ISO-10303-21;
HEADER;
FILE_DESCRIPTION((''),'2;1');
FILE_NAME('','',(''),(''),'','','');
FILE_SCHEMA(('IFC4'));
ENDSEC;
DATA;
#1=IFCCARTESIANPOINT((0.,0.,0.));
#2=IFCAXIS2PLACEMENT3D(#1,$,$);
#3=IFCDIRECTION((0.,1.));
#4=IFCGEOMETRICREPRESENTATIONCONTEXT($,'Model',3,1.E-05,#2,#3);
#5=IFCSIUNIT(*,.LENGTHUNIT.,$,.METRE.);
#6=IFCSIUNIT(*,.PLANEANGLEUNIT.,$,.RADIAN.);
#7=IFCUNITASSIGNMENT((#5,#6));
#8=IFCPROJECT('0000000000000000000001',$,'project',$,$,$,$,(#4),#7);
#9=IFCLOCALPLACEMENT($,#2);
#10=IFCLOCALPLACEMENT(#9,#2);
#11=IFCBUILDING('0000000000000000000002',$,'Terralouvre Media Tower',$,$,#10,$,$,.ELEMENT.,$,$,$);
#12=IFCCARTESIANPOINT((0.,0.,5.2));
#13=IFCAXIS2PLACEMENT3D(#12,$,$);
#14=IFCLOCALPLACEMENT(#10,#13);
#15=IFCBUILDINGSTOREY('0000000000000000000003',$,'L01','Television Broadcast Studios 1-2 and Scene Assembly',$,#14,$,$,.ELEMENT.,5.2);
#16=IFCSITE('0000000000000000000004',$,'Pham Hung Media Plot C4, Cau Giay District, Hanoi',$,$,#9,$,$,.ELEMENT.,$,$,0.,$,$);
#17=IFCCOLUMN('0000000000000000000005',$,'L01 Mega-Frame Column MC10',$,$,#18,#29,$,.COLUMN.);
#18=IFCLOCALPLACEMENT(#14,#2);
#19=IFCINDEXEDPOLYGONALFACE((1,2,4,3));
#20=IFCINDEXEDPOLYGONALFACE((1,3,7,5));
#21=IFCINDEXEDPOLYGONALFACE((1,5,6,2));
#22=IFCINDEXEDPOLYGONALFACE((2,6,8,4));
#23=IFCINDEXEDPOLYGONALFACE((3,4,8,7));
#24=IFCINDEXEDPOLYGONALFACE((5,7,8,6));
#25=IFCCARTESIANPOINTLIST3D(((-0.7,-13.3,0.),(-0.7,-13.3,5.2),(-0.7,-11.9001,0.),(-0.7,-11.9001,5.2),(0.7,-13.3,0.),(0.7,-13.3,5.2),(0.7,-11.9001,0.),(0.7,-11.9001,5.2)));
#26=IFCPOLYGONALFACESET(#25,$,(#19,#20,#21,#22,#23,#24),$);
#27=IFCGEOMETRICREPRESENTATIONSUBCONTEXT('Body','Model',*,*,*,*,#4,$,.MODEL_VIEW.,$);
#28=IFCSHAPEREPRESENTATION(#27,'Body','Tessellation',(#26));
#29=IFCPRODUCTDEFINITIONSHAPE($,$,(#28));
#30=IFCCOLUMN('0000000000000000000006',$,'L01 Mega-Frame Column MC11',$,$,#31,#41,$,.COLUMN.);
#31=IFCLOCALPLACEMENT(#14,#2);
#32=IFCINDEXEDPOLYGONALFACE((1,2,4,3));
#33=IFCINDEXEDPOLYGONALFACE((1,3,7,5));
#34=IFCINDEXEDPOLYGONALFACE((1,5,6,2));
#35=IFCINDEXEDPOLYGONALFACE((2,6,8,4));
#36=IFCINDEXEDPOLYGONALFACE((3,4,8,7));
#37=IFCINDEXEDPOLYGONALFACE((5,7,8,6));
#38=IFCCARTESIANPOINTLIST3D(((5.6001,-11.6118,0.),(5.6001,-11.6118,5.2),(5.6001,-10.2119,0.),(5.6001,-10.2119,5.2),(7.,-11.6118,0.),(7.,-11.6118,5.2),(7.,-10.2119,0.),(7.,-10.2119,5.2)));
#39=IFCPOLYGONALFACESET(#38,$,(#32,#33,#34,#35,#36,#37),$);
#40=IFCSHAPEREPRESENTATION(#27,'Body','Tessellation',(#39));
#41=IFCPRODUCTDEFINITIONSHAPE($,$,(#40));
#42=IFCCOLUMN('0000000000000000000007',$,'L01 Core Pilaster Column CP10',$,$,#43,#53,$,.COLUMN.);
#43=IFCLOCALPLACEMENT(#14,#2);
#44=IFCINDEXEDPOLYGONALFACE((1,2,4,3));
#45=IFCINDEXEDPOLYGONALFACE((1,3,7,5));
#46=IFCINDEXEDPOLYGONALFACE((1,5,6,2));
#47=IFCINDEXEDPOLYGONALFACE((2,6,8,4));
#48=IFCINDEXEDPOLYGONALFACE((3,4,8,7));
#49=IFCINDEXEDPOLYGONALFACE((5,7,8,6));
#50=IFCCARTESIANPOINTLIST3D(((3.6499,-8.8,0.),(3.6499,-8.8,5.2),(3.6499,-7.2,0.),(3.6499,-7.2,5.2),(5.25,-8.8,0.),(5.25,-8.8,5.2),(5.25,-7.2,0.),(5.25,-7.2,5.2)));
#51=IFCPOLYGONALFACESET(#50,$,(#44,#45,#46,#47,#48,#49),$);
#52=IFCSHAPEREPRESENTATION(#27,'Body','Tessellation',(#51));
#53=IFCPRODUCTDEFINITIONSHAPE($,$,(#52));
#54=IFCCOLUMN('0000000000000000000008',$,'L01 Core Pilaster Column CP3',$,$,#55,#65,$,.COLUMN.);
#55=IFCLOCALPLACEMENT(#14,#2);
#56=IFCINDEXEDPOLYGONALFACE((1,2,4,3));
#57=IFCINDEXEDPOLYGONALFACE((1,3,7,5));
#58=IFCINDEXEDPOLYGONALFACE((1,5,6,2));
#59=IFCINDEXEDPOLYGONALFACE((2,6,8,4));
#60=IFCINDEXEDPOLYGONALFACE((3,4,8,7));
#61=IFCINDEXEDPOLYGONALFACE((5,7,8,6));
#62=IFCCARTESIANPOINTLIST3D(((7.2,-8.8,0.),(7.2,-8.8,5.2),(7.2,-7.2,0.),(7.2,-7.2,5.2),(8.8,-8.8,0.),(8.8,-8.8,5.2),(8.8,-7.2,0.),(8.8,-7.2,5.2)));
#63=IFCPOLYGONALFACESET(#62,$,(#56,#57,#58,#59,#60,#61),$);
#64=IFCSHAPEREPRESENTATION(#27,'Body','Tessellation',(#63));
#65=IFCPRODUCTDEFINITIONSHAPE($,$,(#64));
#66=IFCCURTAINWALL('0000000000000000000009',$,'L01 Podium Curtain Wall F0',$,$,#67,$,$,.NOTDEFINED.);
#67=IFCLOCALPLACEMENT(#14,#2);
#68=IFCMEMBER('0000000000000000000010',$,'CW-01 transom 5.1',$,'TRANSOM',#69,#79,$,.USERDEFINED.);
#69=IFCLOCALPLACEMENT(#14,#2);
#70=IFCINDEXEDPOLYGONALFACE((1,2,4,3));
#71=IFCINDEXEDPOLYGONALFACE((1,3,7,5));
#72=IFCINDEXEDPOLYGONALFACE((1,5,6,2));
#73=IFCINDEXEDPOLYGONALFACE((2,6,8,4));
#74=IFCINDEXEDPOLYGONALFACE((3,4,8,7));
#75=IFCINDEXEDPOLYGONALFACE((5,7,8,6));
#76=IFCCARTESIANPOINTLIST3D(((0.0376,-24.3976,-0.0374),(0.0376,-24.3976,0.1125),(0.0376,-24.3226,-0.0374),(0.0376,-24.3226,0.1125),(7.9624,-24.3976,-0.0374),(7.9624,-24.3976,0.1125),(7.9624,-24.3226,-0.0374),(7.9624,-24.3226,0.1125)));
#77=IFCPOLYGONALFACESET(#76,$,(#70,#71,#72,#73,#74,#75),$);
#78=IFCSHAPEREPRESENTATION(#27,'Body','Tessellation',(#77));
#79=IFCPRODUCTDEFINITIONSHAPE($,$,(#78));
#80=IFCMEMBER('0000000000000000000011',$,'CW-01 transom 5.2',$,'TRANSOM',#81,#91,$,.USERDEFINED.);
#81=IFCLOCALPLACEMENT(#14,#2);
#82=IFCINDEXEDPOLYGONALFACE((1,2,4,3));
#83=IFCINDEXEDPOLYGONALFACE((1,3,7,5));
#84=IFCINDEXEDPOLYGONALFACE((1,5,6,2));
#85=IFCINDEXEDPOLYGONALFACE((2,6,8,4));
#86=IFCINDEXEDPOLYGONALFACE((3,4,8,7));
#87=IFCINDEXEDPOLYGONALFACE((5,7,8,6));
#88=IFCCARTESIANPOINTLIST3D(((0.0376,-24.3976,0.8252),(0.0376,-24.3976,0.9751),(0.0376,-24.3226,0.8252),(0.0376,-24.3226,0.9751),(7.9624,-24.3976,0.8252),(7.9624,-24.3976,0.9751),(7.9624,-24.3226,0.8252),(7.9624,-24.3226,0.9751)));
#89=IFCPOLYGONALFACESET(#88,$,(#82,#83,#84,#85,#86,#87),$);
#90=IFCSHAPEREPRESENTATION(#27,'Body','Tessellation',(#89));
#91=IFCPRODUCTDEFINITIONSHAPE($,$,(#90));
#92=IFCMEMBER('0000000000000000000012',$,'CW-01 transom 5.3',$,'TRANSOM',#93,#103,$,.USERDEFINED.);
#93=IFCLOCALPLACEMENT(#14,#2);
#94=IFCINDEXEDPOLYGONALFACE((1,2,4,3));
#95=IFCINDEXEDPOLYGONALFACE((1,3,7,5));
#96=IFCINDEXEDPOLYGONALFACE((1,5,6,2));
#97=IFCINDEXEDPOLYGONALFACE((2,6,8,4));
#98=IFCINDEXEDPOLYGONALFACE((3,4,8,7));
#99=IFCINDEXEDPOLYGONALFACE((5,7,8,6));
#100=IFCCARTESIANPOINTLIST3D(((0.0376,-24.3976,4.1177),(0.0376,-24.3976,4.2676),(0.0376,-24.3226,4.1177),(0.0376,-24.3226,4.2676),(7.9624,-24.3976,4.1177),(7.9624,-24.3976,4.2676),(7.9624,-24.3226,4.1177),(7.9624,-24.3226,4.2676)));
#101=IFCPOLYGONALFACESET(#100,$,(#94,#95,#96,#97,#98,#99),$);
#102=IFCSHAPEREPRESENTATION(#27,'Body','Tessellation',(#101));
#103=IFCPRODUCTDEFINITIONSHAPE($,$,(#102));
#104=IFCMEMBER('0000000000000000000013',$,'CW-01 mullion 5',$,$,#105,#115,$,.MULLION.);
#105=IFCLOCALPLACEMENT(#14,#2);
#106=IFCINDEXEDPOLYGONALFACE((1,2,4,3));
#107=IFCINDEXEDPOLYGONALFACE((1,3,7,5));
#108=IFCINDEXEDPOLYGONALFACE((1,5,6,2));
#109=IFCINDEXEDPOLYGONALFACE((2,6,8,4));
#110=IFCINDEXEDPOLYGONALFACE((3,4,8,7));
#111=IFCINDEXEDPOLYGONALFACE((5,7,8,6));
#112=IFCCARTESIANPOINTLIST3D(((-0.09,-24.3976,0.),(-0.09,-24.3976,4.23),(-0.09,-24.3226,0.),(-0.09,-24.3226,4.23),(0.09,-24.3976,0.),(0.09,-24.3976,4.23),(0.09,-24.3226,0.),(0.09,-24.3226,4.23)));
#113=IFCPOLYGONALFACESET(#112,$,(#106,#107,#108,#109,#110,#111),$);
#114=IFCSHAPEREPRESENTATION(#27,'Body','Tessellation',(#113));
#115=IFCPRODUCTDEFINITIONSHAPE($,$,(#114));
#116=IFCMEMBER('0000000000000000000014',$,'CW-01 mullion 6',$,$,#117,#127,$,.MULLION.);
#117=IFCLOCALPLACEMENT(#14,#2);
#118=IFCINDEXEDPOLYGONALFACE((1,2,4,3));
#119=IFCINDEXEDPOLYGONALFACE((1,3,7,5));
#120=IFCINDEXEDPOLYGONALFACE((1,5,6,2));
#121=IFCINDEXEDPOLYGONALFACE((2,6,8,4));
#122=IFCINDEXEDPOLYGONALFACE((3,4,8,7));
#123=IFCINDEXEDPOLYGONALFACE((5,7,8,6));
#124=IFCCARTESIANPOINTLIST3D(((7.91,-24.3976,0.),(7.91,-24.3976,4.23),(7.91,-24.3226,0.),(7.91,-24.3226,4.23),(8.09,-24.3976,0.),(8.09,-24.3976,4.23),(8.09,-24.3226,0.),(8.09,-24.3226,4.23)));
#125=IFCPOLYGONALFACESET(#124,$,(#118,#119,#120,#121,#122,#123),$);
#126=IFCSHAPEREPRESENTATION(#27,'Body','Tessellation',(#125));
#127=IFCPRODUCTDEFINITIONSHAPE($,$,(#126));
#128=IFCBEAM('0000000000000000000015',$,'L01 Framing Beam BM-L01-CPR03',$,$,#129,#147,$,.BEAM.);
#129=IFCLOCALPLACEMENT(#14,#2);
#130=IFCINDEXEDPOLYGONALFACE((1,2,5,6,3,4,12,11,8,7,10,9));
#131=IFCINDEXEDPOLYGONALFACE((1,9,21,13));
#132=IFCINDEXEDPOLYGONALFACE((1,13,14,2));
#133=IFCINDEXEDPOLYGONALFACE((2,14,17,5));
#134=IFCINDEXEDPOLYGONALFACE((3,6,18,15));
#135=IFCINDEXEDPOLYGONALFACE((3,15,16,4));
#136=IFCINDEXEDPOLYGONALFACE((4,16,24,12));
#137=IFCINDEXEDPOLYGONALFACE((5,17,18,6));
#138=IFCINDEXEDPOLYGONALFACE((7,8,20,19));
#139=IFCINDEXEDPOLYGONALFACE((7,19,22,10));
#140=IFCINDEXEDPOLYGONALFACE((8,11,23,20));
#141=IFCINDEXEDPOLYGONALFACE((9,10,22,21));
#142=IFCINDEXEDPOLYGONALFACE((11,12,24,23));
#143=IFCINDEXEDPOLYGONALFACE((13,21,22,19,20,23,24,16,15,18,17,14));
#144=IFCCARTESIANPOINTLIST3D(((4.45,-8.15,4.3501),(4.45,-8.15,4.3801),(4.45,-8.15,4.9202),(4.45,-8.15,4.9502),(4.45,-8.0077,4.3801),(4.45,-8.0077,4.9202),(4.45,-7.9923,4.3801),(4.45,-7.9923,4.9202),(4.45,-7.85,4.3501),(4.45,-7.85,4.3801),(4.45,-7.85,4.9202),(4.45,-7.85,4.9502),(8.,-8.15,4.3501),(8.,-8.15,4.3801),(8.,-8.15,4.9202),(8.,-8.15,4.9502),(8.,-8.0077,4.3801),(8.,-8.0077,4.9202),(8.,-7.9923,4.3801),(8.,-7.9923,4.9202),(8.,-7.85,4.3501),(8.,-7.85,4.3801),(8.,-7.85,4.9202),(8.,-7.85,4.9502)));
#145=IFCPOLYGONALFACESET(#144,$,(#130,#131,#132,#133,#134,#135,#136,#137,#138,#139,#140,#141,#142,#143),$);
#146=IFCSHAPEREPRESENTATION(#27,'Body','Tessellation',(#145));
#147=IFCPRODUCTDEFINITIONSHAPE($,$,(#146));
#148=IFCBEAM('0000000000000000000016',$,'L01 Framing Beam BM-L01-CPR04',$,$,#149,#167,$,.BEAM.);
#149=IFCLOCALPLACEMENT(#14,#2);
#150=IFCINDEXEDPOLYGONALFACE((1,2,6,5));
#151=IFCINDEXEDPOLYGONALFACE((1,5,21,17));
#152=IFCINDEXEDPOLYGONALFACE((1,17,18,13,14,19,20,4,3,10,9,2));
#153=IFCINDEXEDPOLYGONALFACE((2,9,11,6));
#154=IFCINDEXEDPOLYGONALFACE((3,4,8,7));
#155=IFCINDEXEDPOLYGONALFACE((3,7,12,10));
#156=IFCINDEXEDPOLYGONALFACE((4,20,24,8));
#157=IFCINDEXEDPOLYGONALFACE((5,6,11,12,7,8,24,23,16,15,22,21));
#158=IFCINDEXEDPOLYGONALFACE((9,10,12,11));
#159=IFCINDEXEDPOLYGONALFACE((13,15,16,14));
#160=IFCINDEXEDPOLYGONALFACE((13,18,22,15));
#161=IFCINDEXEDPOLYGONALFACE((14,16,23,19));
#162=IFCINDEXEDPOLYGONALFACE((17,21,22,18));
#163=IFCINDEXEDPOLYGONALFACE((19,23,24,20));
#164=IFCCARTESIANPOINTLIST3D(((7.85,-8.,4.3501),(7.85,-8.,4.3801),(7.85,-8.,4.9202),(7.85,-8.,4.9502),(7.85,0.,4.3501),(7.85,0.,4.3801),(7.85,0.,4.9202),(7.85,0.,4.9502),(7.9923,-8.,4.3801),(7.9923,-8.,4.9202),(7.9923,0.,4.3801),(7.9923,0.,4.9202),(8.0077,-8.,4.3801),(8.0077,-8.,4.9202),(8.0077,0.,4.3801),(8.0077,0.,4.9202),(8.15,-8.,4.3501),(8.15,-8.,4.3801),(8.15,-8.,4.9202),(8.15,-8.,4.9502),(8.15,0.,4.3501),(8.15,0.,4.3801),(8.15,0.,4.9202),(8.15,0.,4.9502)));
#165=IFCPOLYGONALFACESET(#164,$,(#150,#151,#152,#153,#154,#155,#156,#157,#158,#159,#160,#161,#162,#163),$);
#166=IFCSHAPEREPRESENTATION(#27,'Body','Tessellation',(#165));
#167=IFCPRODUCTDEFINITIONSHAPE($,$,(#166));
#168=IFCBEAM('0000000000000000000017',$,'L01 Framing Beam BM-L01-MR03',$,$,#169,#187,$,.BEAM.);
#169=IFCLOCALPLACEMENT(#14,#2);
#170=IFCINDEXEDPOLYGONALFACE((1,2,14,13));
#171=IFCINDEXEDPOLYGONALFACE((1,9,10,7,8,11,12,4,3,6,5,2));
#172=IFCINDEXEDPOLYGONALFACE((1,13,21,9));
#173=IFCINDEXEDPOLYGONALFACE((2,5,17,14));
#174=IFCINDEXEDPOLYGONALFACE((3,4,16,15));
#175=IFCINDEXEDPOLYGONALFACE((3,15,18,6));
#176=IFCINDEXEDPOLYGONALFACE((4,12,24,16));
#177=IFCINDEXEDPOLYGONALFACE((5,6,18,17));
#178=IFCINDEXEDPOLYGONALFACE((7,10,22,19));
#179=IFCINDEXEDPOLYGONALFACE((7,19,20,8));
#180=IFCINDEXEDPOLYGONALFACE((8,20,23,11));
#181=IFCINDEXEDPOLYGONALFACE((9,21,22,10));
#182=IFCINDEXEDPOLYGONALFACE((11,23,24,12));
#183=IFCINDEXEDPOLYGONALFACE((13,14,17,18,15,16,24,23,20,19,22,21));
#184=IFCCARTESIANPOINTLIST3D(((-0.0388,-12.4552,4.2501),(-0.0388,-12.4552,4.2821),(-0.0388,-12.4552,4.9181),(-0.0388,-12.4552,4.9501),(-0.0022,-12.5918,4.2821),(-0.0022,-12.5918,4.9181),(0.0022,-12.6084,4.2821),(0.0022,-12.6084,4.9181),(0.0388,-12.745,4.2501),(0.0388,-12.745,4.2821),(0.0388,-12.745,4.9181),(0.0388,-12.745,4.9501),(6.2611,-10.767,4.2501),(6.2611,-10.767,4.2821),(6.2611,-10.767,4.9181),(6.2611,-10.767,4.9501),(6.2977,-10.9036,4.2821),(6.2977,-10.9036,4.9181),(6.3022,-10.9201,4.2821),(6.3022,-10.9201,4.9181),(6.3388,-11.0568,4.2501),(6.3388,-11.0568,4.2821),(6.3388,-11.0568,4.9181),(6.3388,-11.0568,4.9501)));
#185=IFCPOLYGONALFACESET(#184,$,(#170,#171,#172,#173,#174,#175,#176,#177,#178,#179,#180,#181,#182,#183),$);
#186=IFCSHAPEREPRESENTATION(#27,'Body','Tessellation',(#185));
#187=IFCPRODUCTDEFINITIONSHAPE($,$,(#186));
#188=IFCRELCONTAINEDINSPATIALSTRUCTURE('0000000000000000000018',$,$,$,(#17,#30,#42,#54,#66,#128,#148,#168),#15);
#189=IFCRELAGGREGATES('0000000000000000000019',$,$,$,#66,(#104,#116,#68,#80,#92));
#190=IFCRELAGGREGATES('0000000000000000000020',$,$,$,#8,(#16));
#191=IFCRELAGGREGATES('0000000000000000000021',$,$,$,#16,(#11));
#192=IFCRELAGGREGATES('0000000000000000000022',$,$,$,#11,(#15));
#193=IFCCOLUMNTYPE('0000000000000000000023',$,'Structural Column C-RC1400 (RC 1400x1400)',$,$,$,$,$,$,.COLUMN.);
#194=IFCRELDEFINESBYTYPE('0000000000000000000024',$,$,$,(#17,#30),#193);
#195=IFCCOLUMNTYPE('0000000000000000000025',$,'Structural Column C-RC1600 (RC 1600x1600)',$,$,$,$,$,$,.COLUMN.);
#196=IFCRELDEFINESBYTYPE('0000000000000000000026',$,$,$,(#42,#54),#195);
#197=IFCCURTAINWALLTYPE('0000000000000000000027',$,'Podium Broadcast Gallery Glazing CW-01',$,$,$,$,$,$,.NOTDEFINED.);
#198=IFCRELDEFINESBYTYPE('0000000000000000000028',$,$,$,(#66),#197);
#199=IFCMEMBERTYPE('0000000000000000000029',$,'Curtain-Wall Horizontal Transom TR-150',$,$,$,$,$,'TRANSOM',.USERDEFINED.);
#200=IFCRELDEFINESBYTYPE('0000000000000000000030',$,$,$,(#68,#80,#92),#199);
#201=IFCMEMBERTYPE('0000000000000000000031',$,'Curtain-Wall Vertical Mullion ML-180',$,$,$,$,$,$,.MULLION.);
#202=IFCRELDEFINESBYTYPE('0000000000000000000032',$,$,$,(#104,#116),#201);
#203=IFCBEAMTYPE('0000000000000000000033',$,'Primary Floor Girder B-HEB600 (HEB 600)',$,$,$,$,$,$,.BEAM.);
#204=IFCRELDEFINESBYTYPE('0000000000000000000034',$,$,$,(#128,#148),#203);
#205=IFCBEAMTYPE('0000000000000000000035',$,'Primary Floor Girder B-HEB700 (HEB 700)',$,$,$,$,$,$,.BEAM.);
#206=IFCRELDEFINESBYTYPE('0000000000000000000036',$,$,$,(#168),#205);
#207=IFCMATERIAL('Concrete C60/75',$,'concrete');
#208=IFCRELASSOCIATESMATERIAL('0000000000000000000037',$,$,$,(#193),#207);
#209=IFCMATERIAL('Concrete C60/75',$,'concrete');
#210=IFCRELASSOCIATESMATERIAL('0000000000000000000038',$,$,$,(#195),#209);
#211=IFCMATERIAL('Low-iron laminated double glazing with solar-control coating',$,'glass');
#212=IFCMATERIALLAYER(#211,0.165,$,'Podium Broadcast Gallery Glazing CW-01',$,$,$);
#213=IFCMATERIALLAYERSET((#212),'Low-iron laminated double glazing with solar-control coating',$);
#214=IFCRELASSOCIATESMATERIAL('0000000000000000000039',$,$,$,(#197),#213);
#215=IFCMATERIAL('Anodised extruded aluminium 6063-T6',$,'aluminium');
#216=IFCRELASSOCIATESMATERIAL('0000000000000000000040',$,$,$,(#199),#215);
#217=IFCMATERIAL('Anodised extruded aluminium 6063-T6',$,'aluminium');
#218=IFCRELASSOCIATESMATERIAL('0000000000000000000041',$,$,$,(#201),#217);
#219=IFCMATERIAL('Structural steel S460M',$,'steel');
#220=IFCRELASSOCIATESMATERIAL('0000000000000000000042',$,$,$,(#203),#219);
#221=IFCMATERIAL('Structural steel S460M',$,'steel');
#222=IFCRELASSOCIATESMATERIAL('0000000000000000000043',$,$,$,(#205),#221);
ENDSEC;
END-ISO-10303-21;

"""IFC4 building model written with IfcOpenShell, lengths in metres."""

from ifc_helpers import new_model, si_unit, direction, frame, origin, origin_2d, place, context, subcontext, project, spatial, rectangle, i_section, extrude, material, layer, layer_set, material_profile, profile_set, type_object, element, aggregate, save


model = new_model("IFC4")

# Units and contexts
model_context = context("Model", 3, precision=1e-05, world=origin(), true_north=direction((0.0, 1.0)))
body_context = subcontext(model_context, "Body", "Model", "MODEL_VIEW")
ifc_project = project(units=[si_unit("LENGTHUNIT", "METRE"), si_unit("PLANEANGLEUNIT", "RADIAN")], contexts=[model_context])

# Site, building, storey
site_placement = place(None, origin())
site = spatial("IfcSite", under=ifc_project, at=site_placement, Name="Pham Hung Media Plot C4, Cau Giay District, Hanoi", CompositionType="ELEMENT", RefElevation=0.0)
building_placement = place(site_placement, origin())
building = spatial("IfcBuilding", under=site, at=building_placement, Name="Terralouvre Media Tower", CompositionType="ELEMENT")
storey_placement = place(building_placement, frame((0.0, 0.0, 5.2)))
storey = spatial("IfcBuildingStorey", under=building, at=storey_placement, Name="L01", Description="Television Broadcast Studios 1-2 and Scene Assembly", CompositionType="ELEMENT", Elevation=5.2)

# Columns
ifc_material_1 = material(Name="Concrete C60/75", Category="concrete")
ifc_material_profile_1 = material_profile(ifc_material_1, rectangle(XDim=1.3999, YDim=1.3999, at=origin_2d()), Name="RC 1400x1400")
ifc_profile_set_1 = profile_set([ifc_material_profile_1], Name="Concrete C60/75")
column_type_1 = type_object("IfcColumnType", Name="Structural Column C-RC1400 (RC 1400x1400)", PredefinedType="COLUMN", material=ifc_profile_set_1)
for number, where, z_axis, x_axis, name in (
    (1, (0.0, -12.6001, 0.0), (0.0, 0.0, 1.0), (1.0, 0.0, 0.0), "L01 Mega-Frame Column MC10"),
    (2, (6.3, -10.9119, 0.0), (0.0, 0.0, 1.0), (1.0, 0.0, 0.0), "L01 Mega-Frame Column MC11"),
):
    element("IfcColumn", number, at=place(storey_placement, frame(where, z_axis=z_axis, x_axis=x_axis)), inside=storey, type_object=column_type_1, Name=name, PredefinedType="COLUMN", context=body_context, shape_type="SweptSolid", body=[
        extrude(rectangle(XDim=1.3999, YDim=1.3999, at=origin_2d()), origin(), (0.0, 0.0, 1.0), 5.2),
    ])
ifc_material_2 = material(Name="Concrete C60/75", Category="concrete")
ifc_material_profile_2 = material_profile(ifc_material_2, rectangle(XDim=1.6001, YDim=1.6001, at=origin_2d()), Name="RC 1600x1600")
ifc_profile_set_2 = profile_set([ifc_material_profile_2], Name="Concrete C60/75")
column_type_2 = type_object("IfcColumnType", Name="Structural Column C-RC1600 (RC 1600x1600)", PredefinedType="COLUMN", material=ifc_profile_set_2)
for number, where, z_axis, x_axis, name in (
    (3, (4.45, -8.0, 0.0), (0.0, 0.0, 1.0), (1.0, 0.0, 0.0), "L01 Core Pilaster Column CP10"),
    (4, (8.0, -8.0, 0.0), (0.0, 0.0, 1.0), (1.0, 0.0, 0.0), "L01 Core Pilaster Column CP3"),
):
    element("IfcColumn", number, at=place(storey_placement, frame(where, z_axis=z_axis, x_axis=x_axis)), inside=storey, type_object=column_type_2, Name=name, PredefinedType="COLUMN", context=body_context, shape_type="SweptSolid", body=[
        extrude(rectangle(XDim=1.6001, YDim=1.6001, at=origin_2d()), origin(), (0.0, 0.0, 1.0), 5.2),
    ])

# Curtain wall, members
ifc_material_3 = material(Name="Low-iron laminated double glazing with solar-control coating", Category="glass")
ifc_layer_1 = layer(ifc_material_3, 0.165, Name="Podium Broadcast Gallery Glazing CW-01")
ifc_layer_set_1 = layer_set([ifc_layer_1], Name="Low-iron laminated double glazing with solar-control coating")
curtain_wall_type = type_object("IfcCurtainWallType", Name="Podium Broadcast Gallery Glazing CW-01", PredefinedType="NOTDEFINED", material=ifc_layer_set_1)
curtain_wall_placement = place(storey_placement, origin())
curtain_wall = element("IfcCurtainWall", 5, at=curtain_wall_placement, inside=storey, type_object=curtain_wall_type, Name="L01 Podium Curtain Wall F0", PredefinedType="NOTDEFINED")
ifc_material_4 = material(Name="Anodised extruded aluminium 6063-T6", Category="aluminium")
ifc_material_profile_3 = material_profile(ifc_material_4, rectangle(XDim=0.075, YDim=0.1499, at=origin_2d()), Name="ALU 75x150")
ifc_profile_set_3 = profile_set([ifc_material_profile_3], Name="Anodised extruded aluminium 6063-T6")
member_type_1 = type_object("IfcMemberType", Name="Curtain-Wall Horizontal Transom TR-150", ElementType="TRANSOM", PredefinedType="USERDEFINED", material=ifc_profile_set_3)
member_1_placement = place(storey_placement, frame((0.0376, -24.3601, 0.0376), z_axis=(1.0, 0.0, 0.0), x_axis=(0.0, 1.0, 0.0)))
member_1 = element("IfcMember", 6, at=member_1_placement, type_object=member_type_1, Name="CW-01 transom 5.1", ObjectType="TRANSOM", PredefinedType="USERDEFINED", context=body_context, shape_type="SweptSolid", body=[
    extrude(rectangle(XDim=0.075, YDim=0.1499, at=origin_2d()), origin(), (0.0, 0.0, 1.0), 7.9248),
])
member_2_placement = place(storey_placement, frame((0.0376, -24.3601, 0.9001), z_axis=(1.0, 0.0, 0.0), x_axis=(0.0, 1.0, 0.0)))
member_2 = element("IfcMember", 7, at=member_2_placement, type_object=member_type_1, Name="CW-01 transom 5.2", ObjectType="TRANSOM", PredefinedType="USERDEFINED", context=body_context, shape_type="SweptSolid", body=[
    extrude(rectangle(XDim=0.075, YDim=0.1499, at=origin_2d()), origin(), (0.0, 0.0, 1.0), 7.9248),
])
member_3_placement = place(storey_placement, frame((0.0376, -24.3601, 4.1926), z_axis=(1.0, 0.0, 0.0), x_axis=(0.0, 1.0, 0.0)))
member_3 = element("IfcMember", 8, at=member_3_placement, type_object=member_type_1, Name="CW-01 transom 5.3", ObjectType="TRANSOM", PredefinedType="USERDEFINED", context=body_context, shape_type="SweptSolid", body=[
    extrude(rectangle(XDim=0.075, YDim=0.1499, at=origin_2d()), origin(), (0.0, 0.0, 1.0), 7.9248),
])
ifc_material_5 = material(Name="Anodised extruded aluminium 6063-T6", Category="aluminium")
ifc_material_profile_4 = material_profile(ifc_material_5, rectangle(XDim=0.075, YDim=0.1799, at=origin_2d()), Name="ALU 75x180")
ifc_profile_set_4 = profile_set([ifc_material_profile_4], Name="Anodised extruded aluminium 6063-T6")
member_type_2 = type_object("IfcMemberType", Name="Curtain-Wall Vertical Mullion ML-180", PredefinedType="MULLION", material=ifc_profile_set_4)
member_4_placement = place(storey_placement, frame((0.0, -24.3601, 0.0), z_axis=(0.0, 0.0, 1.0), x_axis=(0.0, 1.0, 0.0)))
member_4 = element("IfcMember", 9, at=member_4_placement, type_object=member_type_2, Name="CW-01 mullion 5", PredefinedType="MULLION", context=body_context, shape_type="SweptSolid", body=[
    extrude(rectangle(XDim=0.075, YDim=0.1799, at=origin_2d()), origin(), (0.0, 0.0, 1.0), 4.23),
])
member_5_placement = place(storey_placement, frame((8.0, -24.3601, 0.0), z_axis=(0.0, 0.0, 1.0), x_axis=(0.0, 1.0, 0.0)))
member_5 = element("IfcMember", 10, at=member_5_placement, type_object=member_type_2, Name="CW-01 mullion 6", PredefinedType="MULLION", context=body_context, shape_type="SweptSolid", body=[
    extrude(rectangle(XDim=0.075, YDim=0.1799, at=origin_2d()), origin(), (0.0, 0.0, 1.0), 4.23),
])

# Beams
ifc_material_6 = material(Name="Structural steel S460M", Category="steel")
ifc_material_profile_5 = material_profile(ifc_material_6, i_section(OverallWidth=0.3, OverallDepth=0.6001, WebThickness=0.0154, FlangeThickness=0.03, at=origin_2d()), Name="HEB 600")
ifc_profile_set_5 = profile_set([ifc_material_profile_5], Name="Structural steel S460M")
beam_type_1 = type_object("IfcBeamType", Name="Primary Floor Girder B-HEB600 (HEB 600)", PredefinedType="BEAM", material=ifc_profile_set_5)
beam_1_placement = place(storey_placement, frame((4.45, -8.0, 4.6501), z_axis=(1.0, 0.0, 0.0), x_axis=(0.0, 1.0, 0.0)))
element("IfcBeam", 11, at=beam_1_placement, inside=storey, type_object=beam_type_1, Name="L01 Framing Beam BM-L01-CPR03", PredefinedType="BEAM", context=body_context, shape_type="SweptSolid", body=[
    extrude(i_section(OverallWidth=0.3, OverallDepth=0.6001, WebThickness=0.0154, FlangeThickness=0.03, at=origin_2d()), origin(), (0.0, 0.0, 1.0), 3.55),
])
beam_2_placement = place(storey_placement, frame((8.0, -8.0, 4.6501), z_axis=(0.0, 1.0, 0.0), x_axis=(-1.0, 0.0, 0.0)))
element("IfcBeam", 12, at=beam_2_placement, inside=storey, type_object=beam_type_1, Name="L01 Framing Beam BM-L01-CPR04", PredefinedType="BEAM", context=body_context, shape_type="SweptSolid", body=[
    extrude(i_section(OverallWidth=0.3, OverallDepth=0.6001, WebThickness=0.0154, FlangeThickness=0.03, at=origin_2d()), origin(), (0.0, 0.0, 1.0), 8.0),
])
ifc_material_7 = material(Name="Structural steel S460M", Category="steel")
ifc_material_profile_6 = material_profile(ifc_material_7, i_section(OverallWidth=0.3, OverallDepth=0.7, WebThickness=0.0171, FlangeThickness=0.032, at=origin_2d()), Name="HEB 700")
ifc_profile_set_6 = profile_set([ifc_material_profile_6], Name="Structural steel S460M")
beam_type_2 = type_object("IfcBeamType", Name="Primary Floor Girder B-HEB700 (HEB 700)", PredefinedType="BEAM", material=ifc_profile_set_6)
beam_3_placement = place(storey_placement, frame((0.0, -12.6001, 4.6001), z_axis=(0.96592, 0.258839, 0.0), x_axis=(-0.258839, 0.96592, 0.0)))
element("IfcBeam", 13, at=beam_3_placement, inside=storey, type_object=beam_type_2, Name="L01 Framing Beam BM-L01-MR03", PredefinedType="BEAM", context=body_context, shape_type="SweptSolid", body=[
    extrude(i_section(OverallWidth=0.3, OverallDepth=0.7, WebThickness=0.0171, FlangeThickness=0.032, at=origin_2d()), origin(), (0.0, 0.0, 1.0), 6.5222),
])

aggregate(curtain_wall, [member_4, member_5, member_1, member_2, member_3])

save(model, "model.ifc")
